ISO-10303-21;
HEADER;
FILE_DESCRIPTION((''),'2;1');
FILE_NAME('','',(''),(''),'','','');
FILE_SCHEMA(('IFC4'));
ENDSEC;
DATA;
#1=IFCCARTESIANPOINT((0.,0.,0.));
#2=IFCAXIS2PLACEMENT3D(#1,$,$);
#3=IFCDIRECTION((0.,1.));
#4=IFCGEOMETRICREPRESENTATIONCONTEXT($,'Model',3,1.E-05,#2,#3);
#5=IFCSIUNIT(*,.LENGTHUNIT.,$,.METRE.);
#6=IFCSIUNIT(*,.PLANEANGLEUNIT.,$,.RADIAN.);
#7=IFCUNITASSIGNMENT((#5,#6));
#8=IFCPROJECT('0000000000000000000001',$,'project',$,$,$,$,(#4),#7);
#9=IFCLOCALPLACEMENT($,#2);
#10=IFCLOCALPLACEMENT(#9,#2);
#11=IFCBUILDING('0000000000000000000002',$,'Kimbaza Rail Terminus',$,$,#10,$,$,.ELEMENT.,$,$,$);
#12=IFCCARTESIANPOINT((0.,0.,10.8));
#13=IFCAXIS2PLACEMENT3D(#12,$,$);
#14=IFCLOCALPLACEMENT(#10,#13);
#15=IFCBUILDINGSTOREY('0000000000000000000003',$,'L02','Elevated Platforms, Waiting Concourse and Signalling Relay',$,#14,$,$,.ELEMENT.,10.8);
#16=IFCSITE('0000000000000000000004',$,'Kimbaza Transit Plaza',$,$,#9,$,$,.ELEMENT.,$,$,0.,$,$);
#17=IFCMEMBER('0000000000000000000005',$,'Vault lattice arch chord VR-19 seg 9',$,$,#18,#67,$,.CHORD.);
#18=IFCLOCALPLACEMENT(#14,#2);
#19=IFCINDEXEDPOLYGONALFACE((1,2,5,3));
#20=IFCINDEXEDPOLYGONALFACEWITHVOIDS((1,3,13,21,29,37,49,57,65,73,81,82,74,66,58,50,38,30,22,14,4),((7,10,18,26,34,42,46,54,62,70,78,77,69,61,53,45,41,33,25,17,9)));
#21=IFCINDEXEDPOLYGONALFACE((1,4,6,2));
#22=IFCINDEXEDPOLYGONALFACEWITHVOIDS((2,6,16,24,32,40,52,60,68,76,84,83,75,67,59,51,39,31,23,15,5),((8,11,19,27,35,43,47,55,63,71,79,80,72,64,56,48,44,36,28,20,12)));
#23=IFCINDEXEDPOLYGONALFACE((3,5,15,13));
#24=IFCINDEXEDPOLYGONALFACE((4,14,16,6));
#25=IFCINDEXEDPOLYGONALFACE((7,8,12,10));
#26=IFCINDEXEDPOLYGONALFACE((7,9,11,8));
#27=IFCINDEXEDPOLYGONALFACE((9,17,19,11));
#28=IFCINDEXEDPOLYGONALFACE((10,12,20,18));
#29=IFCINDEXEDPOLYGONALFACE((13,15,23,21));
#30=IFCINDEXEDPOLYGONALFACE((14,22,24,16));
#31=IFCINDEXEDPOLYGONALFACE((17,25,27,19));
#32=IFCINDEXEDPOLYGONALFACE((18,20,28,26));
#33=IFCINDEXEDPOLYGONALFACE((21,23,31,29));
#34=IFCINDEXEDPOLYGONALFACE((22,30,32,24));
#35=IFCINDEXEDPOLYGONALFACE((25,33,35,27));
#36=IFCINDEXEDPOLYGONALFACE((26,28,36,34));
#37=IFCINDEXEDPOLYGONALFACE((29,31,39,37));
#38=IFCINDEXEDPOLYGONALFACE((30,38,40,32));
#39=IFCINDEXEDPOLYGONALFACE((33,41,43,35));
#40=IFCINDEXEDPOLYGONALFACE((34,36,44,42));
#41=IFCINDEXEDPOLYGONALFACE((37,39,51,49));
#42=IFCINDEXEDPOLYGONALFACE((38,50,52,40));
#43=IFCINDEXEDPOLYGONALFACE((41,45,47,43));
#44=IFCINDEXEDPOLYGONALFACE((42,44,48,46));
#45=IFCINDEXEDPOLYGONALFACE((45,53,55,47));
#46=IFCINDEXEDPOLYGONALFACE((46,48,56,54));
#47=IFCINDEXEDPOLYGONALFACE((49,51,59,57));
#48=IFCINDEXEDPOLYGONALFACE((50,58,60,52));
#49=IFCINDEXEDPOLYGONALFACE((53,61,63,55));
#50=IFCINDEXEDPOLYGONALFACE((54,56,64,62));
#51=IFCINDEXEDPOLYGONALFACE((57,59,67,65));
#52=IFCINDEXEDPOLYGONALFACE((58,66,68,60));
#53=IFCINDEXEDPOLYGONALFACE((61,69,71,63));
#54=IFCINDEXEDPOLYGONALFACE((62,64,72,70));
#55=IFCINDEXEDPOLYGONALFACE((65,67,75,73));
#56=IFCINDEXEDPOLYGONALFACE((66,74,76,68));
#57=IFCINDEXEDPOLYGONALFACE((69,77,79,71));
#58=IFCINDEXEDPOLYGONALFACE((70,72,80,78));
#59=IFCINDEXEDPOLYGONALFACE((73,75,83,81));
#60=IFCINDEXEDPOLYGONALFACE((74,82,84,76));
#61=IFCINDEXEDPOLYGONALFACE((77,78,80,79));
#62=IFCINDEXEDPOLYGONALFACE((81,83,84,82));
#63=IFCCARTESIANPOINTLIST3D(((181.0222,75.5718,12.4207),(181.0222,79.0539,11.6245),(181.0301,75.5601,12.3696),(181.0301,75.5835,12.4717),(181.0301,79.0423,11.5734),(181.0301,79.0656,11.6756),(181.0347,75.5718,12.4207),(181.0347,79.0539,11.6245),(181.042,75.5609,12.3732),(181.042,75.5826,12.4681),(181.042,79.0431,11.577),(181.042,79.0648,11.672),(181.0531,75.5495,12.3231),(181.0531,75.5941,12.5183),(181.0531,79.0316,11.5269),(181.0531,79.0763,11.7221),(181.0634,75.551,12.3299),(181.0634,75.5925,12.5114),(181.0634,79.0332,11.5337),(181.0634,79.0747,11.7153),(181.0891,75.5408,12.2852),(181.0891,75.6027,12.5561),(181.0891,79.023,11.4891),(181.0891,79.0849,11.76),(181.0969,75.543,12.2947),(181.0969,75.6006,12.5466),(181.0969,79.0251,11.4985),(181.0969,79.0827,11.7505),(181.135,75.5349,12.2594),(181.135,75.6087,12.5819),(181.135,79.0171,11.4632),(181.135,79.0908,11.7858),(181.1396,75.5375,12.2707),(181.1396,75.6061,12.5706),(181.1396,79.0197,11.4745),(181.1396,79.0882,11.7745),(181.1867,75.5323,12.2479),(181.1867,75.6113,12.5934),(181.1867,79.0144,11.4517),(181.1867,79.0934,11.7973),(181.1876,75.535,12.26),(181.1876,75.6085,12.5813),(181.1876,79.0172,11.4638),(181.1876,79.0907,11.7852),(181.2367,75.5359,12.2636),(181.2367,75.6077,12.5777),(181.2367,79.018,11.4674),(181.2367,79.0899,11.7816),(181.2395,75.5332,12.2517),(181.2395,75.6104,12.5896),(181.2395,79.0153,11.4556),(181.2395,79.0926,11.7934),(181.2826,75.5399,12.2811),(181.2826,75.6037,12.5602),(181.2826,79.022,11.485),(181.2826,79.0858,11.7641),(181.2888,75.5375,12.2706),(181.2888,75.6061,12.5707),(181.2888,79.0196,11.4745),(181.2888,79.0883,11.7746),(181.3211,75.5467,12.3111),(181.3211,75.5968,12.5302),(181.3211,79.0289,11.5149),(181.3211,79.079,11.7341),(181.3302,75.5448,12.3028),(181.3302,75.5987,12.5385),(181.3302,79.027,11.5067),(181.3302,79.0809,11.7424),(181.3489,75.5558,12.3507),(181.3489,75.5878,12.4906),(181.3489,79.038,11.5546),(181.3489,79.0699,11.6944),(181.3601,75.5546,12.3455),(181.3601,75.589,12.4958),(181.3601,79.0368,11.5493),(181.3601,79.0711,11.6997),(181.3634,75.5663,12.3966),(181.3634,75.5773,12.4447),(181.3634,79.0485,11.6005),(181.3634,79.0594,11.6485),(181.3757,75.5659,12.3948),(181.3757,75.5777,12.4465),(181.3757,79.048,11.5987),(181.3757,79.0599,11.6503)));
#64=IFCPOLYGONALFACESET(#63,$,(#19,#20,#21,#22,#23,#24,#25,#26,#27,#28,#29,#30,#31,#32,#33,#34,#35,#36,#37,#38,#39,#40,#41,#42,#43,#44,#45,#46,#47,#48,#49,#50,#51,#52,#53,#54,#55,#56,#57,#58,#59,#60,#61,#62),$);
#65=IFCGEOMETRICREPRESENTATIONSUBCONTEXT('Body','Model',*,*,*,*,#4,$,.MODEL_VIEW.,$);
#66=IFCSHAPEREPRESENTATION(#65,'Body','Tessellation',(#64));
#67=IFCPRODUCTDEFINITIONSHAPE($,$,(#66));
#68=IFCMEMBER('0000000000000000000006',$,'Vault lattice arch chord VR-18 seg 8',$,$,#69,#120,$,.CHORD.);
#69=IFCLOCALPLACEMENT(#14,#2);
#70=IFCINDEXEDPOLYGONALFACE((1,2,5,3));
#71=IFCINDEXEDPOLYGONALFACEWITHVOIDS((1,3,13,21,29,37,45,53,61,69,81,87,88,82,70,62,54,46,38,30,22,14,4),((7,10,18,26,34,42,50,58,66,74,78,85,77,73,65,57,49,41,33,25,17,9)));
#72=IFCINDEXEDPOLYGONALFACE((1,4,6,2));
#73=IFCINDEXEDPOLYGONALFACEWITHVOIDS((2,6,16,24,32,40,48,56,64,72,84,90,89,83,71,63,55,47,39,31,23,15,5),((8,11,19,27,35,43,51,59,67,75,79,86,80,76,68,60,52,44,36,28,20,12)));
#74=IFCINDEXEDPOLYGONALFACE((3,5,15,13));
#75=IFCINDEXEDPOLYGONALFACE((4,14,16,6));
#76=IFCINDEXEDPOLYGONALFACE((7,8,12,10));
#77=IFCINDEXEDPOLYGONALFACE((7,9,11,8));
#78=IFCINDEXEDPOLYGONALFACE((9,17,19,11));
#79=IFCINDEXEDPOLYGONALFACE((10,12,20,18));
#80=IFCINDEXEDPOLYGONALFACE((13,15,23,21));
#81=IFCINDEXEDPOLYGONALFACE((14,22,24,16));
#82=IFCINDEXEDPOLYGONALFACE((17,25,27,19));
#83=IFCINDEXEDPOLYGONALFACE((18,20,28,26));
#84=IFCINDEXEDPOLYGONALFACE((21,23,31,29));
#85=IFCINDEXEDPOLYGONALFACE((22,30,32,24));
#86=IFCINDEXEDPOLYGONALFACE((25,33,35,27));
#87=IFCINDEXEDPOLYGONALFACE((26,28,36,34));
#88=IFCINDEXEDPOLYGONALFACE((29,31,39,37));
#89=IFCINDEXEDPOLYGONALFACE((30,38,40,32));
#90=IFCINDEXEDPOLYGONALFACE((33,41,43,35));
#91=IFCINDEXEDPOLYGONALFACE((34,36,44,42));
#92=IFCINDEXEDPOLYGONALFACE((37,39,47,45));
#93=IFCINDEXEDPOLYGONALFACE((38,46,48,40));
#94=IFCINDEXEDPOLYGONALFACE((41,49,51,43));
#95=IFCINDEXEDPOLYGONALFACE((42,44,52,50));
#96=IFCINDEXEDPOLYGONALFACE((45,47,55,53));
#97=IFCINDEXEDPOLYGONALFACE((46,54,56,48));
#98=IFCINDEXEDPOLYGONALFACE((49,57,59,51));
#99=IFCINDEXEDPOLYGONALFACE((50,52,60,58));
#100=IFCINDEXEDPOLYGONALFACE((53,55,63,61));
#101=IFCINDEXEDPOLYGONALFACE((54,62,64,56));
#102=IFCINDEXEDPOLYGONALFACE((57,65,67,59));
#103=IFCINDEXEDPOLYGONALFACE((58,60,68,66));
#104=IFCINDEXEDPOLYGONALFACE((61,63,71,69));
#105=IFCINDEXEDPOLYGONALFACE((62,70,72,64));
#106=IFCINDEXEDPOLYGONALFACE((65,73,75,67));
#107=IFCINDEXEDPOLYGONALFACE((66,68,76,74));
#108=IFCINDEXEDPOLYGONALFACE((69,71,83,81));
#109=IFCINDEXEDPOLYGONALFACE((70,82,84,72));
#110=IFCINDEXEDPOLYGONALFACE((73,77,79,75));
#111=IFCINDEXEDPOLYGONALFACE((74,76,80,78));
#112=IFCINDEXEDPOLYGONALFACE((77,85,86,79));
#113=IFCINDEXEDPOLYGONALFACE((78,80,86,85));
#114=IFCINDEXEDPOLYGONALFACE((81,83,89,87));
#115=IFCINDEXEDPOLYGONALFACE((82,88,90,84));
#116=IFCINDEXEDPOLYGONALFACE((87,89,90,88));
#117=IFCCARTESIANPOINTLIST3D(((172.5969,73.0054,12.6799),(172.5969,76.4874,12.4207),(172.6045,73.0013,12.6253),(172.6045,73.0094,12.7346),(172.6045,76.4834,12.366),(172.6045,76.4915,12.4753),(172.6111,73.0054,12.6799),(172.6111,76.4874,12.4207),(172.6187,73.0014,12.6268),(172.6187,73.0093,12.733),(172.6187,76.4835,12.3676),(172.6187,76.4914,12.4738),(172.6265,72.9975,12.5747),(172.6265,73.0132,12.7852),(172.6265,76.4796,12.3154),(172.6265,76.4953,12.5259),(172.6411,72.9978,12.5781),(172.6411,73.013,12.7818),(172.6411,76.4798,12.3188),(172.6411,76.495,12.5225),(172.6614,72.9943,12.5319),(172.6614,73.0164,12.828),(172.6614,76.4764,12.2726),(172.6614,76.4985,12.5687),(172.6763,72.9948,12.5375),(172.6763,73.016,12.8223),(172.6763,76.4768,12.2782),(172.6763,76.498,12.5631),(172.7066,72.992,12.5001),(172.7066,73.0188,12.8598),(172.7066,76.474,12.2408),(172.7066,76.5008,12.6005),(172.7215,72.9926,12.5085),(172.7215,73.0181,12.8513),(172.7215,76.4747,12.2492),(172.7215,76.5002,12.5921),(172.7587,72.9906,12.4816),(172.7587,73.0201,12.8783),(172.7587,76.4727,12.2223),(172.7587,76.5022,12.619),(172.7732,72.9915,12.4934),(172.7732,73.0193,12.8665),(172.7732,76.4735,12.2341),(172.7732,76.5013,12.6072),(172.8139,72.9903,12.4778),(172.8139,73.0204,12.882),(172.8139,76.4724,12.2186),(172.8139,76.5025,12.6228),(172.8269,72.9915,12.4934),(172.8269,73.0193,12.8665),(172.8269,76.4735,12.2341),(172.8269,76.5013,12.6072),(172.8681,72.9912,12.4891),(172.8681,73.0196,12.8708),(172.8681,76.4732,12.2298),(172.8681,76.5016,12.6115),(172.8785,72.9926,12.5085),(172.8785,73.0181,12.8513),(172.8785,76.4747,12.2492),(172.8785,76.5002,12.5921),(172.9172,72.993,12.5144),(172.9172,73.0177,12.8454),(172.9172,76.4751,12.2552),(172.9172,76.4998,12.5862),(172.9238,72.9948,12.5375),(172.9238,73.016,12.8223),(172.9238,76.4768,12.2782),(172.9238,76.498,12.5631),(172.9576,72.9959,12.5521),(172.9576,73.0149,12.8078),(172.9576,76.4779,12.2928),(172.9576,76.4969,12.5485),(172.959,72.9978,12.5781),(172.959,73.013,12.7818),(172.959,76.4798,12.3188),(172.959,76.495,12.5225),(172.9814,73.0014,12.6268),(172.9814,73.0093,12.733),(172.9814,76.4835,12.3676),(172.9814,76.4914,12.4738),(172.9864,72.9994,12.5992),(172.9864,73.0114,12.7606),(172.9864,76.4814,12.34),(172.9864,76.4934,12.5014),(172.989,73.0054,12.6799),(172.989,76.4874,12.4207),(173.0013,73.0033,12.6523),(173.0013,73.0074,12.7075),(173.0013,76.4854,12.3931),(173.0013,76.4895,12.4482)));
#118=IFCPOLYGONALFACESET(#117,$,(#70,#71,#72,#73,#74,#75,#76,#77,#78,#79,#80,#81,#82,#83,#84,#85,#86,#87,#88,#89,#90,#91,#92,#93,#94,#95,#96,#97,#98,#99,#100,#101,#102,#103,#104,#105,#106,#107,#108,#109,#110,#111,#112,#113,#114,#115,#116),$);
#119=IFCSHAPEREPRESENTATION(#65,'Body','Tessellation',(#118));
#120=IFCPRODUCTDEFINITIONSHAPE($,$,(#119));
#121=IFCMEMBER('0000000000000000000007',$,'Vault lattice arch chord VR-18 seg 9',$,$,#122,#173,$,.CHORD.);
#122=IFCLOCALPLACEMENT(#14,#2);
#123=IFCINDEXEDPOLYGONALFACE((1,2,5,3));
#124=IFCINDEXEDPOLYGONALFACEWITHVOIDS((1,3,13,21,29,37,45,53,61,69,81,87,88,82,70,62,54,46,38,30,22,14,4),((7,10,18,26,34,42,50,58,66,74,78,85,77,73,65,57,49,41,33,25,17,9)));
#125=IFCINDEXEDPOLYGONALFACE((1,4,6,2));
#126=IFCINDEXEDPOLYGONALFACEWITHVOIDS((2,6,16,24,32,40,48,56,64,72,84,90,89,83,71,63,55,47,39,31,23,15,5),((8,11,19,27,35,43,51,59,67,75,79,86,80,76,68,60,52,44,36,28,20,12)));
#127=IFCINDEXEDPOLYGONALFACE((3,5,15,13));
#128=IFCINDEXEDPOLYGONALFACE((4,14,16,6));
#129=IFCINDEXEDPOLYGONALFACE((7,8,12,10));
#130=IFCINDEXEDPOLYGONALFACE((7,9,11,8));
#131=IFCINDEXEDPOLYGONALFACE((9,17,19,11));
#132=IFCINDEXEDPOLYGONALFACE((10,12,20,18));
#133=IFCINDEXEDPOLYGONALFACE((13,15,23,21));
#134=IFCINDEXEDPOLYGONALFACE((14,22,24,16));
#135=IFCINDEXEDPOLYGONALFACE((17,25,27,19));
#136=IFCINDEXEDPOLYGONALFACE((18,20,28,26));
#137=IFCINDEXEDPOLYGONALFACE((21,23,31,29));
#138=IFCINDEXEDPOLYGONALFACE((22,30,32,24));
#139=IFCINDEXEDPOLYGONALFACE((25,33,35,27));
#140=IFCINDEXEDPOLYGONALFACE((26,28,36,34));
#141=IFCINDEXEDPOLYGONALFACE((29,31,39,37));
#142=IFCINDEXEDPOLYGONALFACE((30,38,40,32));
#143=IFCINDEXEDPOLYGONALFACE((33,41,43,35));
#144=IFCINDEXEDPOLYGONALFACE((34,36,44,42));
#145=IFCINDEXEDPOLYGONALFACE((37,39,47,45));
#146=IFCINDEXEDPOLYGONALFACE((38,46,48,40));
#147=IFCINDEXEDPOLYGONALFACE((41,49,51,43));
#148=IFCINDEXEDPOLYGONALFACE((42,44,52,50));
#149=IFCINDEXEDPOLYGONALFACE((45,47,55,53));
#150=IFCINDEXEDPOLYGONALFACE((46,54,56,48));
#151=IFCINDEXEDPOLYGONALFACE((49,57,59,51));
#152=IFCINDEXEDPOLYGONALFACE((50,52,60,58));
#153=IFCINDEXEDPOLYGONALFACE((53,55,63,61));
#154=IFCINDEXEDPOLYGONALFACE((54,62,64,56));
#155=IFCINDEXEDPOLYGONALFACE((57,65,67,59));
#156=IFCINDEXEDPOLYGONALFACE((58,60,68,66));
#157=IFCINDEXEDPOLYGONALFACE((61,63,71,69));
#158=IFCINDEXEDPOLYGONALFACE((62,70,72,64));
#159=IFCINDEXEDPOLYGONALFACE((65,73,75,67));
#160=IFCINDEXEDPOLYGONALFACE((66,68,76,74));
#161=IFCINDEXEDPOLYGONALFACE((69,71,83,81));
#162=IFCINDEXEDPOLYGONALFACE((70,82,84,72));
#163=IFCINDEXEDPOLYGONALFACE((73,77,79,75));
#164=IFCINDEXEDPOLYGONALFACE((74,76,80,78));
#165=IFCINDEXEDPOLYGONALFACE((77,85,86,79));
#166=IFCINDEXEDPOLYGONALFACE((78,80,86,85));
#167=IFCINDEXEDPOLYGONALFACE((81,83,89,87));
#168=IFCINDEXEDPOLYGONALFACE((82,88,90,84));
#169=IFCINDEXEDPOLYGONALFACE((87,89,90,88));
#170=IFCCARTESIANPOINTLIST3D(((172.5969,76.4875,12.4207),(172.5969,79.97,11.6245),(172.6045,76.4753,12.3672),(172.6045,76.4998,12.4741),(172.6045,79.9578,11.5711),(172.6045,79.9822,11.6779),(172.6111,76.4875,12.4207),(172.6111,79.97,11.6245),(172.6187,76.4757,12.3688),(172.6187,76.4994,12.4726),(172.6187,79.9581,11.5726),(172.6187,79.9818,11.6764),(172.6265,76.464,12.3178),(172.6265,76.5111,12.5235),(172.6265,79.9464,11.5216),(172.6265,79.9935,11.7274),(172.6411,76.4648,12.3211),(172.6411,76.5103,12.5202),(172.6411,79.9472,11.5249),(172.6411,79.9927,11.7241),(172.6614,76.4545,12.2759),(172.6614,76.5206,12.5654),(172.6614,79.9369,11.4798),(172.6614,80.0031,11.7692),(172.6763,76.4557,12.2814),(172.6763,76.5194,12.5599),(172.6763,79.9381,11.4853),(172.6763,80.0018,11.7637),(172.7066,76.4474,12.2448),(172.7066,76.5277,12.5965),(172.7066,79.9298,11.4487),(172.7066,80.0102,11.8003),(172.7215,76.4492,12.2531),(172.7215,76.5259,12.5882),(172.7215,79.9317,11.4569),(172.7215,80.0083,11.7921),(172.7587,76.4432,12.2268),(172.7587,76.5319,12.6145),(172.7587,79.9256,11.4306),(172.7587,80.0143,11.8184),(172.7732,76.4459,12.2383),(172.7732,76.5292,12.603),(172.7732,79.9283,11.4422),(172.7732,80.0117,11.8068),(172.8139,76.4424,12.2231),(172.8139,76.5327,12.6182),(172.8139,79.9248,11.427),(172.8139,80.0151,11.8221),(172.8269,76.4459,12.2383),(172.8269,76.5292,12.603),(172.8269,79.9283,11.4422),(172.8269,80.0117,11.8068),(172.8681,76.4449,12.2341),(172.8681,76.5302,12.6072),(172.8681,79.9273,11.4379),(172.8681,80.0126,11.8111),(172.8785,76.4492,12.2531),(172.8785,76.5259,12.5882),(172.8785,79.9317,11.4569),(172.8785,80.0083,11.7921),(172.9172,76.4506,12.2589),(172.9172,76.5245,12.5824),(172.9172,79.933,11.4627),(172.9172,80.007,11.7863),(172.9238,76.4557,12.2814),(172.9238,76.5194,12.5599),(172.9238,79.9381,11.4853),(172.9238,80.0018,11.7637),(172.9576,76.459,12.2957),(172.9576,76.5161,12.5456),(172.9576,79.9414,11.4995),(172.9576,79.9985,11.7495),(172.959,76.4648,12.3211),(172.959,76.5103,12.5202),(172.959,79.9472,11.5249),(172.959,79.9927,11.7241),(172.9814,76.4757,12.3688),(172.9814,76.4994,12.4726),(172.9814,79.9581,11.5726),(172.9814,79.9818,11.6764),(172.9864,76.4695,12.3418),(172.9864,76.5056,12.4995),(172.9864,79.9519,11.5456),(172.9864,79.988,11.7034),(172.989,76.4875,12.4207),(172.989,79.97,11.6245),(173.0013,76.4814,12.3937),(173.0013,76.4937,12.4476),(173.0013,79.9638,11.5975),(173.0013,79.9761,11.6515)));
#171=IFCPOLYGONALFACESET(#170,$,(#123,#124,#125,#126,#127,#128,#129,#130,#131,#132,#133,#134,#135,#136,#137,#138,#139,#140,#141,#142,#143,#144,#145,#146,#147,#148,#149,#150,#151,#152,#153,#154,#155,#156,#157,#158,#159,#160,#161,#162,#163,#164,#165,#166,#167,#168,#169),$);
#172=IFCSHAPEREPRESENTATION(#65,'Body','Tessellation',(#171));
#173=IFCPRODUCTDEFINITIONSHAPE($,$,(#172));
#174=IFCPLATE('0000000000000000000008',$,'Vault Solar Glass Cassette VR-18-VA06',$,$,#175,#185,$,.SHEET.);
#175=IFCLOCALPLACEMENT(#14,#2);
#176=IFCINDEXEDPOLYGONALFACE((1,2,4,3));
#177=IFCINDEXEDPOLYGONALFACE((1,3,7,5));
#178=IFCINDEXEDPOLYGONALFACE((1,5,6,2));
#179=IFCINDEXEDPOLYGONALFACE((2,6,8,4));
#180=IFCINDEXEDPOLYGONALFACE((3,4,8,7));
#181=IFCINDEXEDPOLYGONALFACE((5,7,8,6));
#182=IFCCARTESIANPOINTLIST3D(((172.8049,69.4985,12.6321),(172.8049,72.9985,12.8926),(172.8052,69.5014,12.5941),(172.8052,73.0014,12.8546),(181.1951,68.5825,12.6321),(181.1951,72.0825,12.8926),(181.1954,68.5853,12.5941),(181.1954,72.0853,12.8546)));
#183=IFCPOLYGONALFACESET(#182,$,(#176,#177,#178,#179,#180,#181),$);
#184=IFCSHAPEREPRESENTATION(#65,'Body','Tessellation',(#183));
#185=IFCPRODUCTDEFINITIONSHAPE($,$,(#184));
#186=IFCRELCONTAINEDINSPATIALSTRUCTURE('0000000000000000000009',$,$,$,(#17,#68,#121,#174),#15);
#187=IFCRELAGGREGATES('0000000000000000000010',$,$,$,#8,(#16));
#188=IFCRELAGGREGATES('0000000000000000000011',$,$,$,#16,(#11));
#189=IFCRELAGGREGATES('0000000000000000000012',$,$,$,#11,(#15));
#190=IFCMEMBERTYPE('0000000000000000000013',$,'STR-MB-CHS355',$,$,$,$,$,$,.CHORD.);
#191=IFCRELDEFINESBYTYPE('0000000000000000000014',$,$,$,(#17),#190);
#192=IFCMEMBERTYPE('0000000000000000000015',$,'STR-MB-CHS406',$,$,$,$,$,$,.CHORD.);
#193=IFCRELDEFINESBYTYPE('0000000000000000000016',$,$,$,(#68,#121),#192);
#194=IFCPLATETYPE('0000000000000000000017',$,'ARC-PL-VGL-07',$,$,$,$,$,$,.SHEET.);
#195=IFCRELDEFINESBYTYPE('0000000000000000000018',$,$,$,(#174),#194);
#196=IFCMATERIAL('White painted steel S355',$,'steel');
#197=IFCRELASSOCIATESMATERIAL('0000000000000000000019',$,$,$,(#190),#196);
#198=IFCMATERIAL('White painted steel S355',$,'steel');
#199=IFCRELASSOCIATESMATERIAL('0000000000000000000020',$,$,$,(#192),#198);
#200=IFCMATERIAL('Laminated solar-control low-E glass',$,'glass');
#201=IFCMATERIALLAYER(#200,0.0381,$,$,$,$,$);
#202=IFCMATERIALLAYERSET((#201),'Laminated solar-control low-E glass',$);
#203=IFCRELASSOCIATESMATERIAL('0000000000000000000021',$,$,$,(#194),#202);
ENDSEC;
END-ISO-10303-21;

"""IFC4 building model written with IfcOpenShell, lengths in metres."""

from ifc_helpers import new_model, si_unit, direction, frame, origin, origin_2d, place, context, subcontext, project, spatial, polyline, hollow_circle, outline, extrude, material, layer, layer_set, material_profile, profile_set, type_object, element, save


model = new_model("IFC4")

# Units and contexts
model_context = context("Model", 3, precision=1e-05, world=origin(), true_north=direction((0.0, 1.0)))
body_context = subcontext(model_context, "Body", "Model", "MODEL_VIEW")
ifc_project = project(units=[si_unit("LENGTHUNIT", "METRE"), si_unit("PLANEANGLEUNIT", "RADIAN")], contexts=[model_context])

# Site, building, storey
site_placement = place(None, origin())
site = spatial("IfcSite", under=ifc_project, at=site_placement, Name="Kimbaza Transit Plaza", CompositionType="ELEMENT", RefElevation=0.0)
building_placement = place(site_placement, origin())
building = spatial("IfcBuilding", under=site, at=building_placement, Name="Kimbaza Rail Terminus", CompositionType="ELEMENT")
storey_placement = place(building_placement, frame((0.0, 0.0, 10.8)))
storey = spatial("IfcBuildingStorey", under=building, at=storey_placement, Name="L02", Description="Elevated Platforms, Waiting Concourse and Signalling Relay", CompositionType="ELEMENT", Elevation=10.8)

# Members
ifc_material_1 = material(Name="White painted steel S355", Category="steel")
ifc_material_profile_1 = material_profile(ifc_material_1, hollow_circle(Radius=0.1777, WallThickness=0.0125, at=origin_2d()), Name="CHS 355.6x12.5")
ifc_profile_set_1 = profile_set([ifc_material_profile_1], Name="White painted steel S355")
member_type_1 = type_object("IfcMemberType", Name="STR-MB-CHS355", PredefinedType="CHORD", material=ifc_profile_set_1)
member_1_placement = place(storey_placement, frame((181.2, 75.5718, 12.4207), z_axis=(0.0, 0.974845, -0.222882), x_axis=(-1.0, 0.0, 0.0)))
element("IfcMember", 1, at=member_1_placement, inside=storey, type_object=member_type_1, Name="Vault lattice arch chord VR-19 seg 9", PredefinedType="CHORD", context=body_context, shape_type="SweptSolid", body=[
    extrude(hollow_circle(Radius=0.1777, WallThickness=0.0125, at=origin_2d()), origin(), (0.0, 0.0, 1.0), 3.572),
])
ifc_material_2 = material(Name="White painted steel S355", Category="steel")
ifc_material_profile_2 = material_profile(ifc_material_2, hollow_circle(Radius=0.2031, WallThickness=0.0142, at=origin_2d()), Name="CHS 406.4x14.2")
ifc_profile_set_2 = profile_set([ifc_material_profile_2], Name="White painted steel S355")
member_type_2 = type_object("IfcMemberType", Name="STR-MB-CHS406", PredefinedType="CHORD", material=ifc_profile_set_2)
member_2_placement = place(storey_placement, frame((172.8, 73.0054, 12.6799), z_axis=(0.0, 0.997239, -0.074253), x_axis=(-1.0, 0.0, 0.0)))
element("IfcMember", 2, at=member_2_placement, inside=storey, type_object=member_type_2, Name="Vault lattice arch chord VR-18 seg 8", PredefinedType="CHORD", context=body_context, shape_type="SweptSolid", body=[
    extrude(hollow_circle(Radius=0.2031, WallThickness=0.0142, at=origin_2d()), origin(), (0.0, 0.0, 1.0), 3.4917),
])
member_3_placement = place(storey_placement, frame((172.8, 76.4875, 12.4207), z_axis=(0.0, 0.974849, -0.222867), x_axis=(-1.0, 0.0, 0.0)))
element("IfcMember", 3, at=member_3_placement, inside=storey, type_object=member_type_2, Name="Vault lattice arch chord VR-18 seg 9", PredefinedType="CHORD", context=body_context, shape_type="SweptSolid", body=[
    extrude(hollow_circle(Radius=0.2031, WallThickness=0.0142, at=origin_2d()), origin(), (0.0, 0.0, 1.0), 3.5723),
])

# Plate
ifc_material_3 = material(Name="Laminated solar-control low-E glass", Category="glass")
ifc_layer_1 = layer(ifc_material_3, 0.0381)
ifc_layer_set_1 = layer_set([ifc_layer_1], Name="Laminated solar-control low-E glass")
plate_type_1 = type_object("IfcPlateType", Name="ARC-PL-VGL-07", PredefinedType="SHEET", material=ifc_layer_set_1)
plate_1_placement = place(storey_placement, frame((172.8049, 69.4985, 12.6321), z_axis=(-0.008103, -0.07422, 0.997209), x_axis=(0.994093, -0.108533, 0.0)))
element("IfcPlate", 4, at=plate_1_placement, inside=storey, type_object=plate_type_1, Name="Vault Solar Glass Cassette VR-18-VA06", PredefinedType="SHEET", context=body_context, shape_type="SweptSolid", body=[
    extrude(outline(polyline([(0.0, 0.0), (8.44, 0.0), (8.0601, 3.4891), (-0.3799, 3.4891), (0.0, 0.0)])), origin(), (0.0, 0.0, -1.0), 0.0381),
])

save(model, "model.ifc")
